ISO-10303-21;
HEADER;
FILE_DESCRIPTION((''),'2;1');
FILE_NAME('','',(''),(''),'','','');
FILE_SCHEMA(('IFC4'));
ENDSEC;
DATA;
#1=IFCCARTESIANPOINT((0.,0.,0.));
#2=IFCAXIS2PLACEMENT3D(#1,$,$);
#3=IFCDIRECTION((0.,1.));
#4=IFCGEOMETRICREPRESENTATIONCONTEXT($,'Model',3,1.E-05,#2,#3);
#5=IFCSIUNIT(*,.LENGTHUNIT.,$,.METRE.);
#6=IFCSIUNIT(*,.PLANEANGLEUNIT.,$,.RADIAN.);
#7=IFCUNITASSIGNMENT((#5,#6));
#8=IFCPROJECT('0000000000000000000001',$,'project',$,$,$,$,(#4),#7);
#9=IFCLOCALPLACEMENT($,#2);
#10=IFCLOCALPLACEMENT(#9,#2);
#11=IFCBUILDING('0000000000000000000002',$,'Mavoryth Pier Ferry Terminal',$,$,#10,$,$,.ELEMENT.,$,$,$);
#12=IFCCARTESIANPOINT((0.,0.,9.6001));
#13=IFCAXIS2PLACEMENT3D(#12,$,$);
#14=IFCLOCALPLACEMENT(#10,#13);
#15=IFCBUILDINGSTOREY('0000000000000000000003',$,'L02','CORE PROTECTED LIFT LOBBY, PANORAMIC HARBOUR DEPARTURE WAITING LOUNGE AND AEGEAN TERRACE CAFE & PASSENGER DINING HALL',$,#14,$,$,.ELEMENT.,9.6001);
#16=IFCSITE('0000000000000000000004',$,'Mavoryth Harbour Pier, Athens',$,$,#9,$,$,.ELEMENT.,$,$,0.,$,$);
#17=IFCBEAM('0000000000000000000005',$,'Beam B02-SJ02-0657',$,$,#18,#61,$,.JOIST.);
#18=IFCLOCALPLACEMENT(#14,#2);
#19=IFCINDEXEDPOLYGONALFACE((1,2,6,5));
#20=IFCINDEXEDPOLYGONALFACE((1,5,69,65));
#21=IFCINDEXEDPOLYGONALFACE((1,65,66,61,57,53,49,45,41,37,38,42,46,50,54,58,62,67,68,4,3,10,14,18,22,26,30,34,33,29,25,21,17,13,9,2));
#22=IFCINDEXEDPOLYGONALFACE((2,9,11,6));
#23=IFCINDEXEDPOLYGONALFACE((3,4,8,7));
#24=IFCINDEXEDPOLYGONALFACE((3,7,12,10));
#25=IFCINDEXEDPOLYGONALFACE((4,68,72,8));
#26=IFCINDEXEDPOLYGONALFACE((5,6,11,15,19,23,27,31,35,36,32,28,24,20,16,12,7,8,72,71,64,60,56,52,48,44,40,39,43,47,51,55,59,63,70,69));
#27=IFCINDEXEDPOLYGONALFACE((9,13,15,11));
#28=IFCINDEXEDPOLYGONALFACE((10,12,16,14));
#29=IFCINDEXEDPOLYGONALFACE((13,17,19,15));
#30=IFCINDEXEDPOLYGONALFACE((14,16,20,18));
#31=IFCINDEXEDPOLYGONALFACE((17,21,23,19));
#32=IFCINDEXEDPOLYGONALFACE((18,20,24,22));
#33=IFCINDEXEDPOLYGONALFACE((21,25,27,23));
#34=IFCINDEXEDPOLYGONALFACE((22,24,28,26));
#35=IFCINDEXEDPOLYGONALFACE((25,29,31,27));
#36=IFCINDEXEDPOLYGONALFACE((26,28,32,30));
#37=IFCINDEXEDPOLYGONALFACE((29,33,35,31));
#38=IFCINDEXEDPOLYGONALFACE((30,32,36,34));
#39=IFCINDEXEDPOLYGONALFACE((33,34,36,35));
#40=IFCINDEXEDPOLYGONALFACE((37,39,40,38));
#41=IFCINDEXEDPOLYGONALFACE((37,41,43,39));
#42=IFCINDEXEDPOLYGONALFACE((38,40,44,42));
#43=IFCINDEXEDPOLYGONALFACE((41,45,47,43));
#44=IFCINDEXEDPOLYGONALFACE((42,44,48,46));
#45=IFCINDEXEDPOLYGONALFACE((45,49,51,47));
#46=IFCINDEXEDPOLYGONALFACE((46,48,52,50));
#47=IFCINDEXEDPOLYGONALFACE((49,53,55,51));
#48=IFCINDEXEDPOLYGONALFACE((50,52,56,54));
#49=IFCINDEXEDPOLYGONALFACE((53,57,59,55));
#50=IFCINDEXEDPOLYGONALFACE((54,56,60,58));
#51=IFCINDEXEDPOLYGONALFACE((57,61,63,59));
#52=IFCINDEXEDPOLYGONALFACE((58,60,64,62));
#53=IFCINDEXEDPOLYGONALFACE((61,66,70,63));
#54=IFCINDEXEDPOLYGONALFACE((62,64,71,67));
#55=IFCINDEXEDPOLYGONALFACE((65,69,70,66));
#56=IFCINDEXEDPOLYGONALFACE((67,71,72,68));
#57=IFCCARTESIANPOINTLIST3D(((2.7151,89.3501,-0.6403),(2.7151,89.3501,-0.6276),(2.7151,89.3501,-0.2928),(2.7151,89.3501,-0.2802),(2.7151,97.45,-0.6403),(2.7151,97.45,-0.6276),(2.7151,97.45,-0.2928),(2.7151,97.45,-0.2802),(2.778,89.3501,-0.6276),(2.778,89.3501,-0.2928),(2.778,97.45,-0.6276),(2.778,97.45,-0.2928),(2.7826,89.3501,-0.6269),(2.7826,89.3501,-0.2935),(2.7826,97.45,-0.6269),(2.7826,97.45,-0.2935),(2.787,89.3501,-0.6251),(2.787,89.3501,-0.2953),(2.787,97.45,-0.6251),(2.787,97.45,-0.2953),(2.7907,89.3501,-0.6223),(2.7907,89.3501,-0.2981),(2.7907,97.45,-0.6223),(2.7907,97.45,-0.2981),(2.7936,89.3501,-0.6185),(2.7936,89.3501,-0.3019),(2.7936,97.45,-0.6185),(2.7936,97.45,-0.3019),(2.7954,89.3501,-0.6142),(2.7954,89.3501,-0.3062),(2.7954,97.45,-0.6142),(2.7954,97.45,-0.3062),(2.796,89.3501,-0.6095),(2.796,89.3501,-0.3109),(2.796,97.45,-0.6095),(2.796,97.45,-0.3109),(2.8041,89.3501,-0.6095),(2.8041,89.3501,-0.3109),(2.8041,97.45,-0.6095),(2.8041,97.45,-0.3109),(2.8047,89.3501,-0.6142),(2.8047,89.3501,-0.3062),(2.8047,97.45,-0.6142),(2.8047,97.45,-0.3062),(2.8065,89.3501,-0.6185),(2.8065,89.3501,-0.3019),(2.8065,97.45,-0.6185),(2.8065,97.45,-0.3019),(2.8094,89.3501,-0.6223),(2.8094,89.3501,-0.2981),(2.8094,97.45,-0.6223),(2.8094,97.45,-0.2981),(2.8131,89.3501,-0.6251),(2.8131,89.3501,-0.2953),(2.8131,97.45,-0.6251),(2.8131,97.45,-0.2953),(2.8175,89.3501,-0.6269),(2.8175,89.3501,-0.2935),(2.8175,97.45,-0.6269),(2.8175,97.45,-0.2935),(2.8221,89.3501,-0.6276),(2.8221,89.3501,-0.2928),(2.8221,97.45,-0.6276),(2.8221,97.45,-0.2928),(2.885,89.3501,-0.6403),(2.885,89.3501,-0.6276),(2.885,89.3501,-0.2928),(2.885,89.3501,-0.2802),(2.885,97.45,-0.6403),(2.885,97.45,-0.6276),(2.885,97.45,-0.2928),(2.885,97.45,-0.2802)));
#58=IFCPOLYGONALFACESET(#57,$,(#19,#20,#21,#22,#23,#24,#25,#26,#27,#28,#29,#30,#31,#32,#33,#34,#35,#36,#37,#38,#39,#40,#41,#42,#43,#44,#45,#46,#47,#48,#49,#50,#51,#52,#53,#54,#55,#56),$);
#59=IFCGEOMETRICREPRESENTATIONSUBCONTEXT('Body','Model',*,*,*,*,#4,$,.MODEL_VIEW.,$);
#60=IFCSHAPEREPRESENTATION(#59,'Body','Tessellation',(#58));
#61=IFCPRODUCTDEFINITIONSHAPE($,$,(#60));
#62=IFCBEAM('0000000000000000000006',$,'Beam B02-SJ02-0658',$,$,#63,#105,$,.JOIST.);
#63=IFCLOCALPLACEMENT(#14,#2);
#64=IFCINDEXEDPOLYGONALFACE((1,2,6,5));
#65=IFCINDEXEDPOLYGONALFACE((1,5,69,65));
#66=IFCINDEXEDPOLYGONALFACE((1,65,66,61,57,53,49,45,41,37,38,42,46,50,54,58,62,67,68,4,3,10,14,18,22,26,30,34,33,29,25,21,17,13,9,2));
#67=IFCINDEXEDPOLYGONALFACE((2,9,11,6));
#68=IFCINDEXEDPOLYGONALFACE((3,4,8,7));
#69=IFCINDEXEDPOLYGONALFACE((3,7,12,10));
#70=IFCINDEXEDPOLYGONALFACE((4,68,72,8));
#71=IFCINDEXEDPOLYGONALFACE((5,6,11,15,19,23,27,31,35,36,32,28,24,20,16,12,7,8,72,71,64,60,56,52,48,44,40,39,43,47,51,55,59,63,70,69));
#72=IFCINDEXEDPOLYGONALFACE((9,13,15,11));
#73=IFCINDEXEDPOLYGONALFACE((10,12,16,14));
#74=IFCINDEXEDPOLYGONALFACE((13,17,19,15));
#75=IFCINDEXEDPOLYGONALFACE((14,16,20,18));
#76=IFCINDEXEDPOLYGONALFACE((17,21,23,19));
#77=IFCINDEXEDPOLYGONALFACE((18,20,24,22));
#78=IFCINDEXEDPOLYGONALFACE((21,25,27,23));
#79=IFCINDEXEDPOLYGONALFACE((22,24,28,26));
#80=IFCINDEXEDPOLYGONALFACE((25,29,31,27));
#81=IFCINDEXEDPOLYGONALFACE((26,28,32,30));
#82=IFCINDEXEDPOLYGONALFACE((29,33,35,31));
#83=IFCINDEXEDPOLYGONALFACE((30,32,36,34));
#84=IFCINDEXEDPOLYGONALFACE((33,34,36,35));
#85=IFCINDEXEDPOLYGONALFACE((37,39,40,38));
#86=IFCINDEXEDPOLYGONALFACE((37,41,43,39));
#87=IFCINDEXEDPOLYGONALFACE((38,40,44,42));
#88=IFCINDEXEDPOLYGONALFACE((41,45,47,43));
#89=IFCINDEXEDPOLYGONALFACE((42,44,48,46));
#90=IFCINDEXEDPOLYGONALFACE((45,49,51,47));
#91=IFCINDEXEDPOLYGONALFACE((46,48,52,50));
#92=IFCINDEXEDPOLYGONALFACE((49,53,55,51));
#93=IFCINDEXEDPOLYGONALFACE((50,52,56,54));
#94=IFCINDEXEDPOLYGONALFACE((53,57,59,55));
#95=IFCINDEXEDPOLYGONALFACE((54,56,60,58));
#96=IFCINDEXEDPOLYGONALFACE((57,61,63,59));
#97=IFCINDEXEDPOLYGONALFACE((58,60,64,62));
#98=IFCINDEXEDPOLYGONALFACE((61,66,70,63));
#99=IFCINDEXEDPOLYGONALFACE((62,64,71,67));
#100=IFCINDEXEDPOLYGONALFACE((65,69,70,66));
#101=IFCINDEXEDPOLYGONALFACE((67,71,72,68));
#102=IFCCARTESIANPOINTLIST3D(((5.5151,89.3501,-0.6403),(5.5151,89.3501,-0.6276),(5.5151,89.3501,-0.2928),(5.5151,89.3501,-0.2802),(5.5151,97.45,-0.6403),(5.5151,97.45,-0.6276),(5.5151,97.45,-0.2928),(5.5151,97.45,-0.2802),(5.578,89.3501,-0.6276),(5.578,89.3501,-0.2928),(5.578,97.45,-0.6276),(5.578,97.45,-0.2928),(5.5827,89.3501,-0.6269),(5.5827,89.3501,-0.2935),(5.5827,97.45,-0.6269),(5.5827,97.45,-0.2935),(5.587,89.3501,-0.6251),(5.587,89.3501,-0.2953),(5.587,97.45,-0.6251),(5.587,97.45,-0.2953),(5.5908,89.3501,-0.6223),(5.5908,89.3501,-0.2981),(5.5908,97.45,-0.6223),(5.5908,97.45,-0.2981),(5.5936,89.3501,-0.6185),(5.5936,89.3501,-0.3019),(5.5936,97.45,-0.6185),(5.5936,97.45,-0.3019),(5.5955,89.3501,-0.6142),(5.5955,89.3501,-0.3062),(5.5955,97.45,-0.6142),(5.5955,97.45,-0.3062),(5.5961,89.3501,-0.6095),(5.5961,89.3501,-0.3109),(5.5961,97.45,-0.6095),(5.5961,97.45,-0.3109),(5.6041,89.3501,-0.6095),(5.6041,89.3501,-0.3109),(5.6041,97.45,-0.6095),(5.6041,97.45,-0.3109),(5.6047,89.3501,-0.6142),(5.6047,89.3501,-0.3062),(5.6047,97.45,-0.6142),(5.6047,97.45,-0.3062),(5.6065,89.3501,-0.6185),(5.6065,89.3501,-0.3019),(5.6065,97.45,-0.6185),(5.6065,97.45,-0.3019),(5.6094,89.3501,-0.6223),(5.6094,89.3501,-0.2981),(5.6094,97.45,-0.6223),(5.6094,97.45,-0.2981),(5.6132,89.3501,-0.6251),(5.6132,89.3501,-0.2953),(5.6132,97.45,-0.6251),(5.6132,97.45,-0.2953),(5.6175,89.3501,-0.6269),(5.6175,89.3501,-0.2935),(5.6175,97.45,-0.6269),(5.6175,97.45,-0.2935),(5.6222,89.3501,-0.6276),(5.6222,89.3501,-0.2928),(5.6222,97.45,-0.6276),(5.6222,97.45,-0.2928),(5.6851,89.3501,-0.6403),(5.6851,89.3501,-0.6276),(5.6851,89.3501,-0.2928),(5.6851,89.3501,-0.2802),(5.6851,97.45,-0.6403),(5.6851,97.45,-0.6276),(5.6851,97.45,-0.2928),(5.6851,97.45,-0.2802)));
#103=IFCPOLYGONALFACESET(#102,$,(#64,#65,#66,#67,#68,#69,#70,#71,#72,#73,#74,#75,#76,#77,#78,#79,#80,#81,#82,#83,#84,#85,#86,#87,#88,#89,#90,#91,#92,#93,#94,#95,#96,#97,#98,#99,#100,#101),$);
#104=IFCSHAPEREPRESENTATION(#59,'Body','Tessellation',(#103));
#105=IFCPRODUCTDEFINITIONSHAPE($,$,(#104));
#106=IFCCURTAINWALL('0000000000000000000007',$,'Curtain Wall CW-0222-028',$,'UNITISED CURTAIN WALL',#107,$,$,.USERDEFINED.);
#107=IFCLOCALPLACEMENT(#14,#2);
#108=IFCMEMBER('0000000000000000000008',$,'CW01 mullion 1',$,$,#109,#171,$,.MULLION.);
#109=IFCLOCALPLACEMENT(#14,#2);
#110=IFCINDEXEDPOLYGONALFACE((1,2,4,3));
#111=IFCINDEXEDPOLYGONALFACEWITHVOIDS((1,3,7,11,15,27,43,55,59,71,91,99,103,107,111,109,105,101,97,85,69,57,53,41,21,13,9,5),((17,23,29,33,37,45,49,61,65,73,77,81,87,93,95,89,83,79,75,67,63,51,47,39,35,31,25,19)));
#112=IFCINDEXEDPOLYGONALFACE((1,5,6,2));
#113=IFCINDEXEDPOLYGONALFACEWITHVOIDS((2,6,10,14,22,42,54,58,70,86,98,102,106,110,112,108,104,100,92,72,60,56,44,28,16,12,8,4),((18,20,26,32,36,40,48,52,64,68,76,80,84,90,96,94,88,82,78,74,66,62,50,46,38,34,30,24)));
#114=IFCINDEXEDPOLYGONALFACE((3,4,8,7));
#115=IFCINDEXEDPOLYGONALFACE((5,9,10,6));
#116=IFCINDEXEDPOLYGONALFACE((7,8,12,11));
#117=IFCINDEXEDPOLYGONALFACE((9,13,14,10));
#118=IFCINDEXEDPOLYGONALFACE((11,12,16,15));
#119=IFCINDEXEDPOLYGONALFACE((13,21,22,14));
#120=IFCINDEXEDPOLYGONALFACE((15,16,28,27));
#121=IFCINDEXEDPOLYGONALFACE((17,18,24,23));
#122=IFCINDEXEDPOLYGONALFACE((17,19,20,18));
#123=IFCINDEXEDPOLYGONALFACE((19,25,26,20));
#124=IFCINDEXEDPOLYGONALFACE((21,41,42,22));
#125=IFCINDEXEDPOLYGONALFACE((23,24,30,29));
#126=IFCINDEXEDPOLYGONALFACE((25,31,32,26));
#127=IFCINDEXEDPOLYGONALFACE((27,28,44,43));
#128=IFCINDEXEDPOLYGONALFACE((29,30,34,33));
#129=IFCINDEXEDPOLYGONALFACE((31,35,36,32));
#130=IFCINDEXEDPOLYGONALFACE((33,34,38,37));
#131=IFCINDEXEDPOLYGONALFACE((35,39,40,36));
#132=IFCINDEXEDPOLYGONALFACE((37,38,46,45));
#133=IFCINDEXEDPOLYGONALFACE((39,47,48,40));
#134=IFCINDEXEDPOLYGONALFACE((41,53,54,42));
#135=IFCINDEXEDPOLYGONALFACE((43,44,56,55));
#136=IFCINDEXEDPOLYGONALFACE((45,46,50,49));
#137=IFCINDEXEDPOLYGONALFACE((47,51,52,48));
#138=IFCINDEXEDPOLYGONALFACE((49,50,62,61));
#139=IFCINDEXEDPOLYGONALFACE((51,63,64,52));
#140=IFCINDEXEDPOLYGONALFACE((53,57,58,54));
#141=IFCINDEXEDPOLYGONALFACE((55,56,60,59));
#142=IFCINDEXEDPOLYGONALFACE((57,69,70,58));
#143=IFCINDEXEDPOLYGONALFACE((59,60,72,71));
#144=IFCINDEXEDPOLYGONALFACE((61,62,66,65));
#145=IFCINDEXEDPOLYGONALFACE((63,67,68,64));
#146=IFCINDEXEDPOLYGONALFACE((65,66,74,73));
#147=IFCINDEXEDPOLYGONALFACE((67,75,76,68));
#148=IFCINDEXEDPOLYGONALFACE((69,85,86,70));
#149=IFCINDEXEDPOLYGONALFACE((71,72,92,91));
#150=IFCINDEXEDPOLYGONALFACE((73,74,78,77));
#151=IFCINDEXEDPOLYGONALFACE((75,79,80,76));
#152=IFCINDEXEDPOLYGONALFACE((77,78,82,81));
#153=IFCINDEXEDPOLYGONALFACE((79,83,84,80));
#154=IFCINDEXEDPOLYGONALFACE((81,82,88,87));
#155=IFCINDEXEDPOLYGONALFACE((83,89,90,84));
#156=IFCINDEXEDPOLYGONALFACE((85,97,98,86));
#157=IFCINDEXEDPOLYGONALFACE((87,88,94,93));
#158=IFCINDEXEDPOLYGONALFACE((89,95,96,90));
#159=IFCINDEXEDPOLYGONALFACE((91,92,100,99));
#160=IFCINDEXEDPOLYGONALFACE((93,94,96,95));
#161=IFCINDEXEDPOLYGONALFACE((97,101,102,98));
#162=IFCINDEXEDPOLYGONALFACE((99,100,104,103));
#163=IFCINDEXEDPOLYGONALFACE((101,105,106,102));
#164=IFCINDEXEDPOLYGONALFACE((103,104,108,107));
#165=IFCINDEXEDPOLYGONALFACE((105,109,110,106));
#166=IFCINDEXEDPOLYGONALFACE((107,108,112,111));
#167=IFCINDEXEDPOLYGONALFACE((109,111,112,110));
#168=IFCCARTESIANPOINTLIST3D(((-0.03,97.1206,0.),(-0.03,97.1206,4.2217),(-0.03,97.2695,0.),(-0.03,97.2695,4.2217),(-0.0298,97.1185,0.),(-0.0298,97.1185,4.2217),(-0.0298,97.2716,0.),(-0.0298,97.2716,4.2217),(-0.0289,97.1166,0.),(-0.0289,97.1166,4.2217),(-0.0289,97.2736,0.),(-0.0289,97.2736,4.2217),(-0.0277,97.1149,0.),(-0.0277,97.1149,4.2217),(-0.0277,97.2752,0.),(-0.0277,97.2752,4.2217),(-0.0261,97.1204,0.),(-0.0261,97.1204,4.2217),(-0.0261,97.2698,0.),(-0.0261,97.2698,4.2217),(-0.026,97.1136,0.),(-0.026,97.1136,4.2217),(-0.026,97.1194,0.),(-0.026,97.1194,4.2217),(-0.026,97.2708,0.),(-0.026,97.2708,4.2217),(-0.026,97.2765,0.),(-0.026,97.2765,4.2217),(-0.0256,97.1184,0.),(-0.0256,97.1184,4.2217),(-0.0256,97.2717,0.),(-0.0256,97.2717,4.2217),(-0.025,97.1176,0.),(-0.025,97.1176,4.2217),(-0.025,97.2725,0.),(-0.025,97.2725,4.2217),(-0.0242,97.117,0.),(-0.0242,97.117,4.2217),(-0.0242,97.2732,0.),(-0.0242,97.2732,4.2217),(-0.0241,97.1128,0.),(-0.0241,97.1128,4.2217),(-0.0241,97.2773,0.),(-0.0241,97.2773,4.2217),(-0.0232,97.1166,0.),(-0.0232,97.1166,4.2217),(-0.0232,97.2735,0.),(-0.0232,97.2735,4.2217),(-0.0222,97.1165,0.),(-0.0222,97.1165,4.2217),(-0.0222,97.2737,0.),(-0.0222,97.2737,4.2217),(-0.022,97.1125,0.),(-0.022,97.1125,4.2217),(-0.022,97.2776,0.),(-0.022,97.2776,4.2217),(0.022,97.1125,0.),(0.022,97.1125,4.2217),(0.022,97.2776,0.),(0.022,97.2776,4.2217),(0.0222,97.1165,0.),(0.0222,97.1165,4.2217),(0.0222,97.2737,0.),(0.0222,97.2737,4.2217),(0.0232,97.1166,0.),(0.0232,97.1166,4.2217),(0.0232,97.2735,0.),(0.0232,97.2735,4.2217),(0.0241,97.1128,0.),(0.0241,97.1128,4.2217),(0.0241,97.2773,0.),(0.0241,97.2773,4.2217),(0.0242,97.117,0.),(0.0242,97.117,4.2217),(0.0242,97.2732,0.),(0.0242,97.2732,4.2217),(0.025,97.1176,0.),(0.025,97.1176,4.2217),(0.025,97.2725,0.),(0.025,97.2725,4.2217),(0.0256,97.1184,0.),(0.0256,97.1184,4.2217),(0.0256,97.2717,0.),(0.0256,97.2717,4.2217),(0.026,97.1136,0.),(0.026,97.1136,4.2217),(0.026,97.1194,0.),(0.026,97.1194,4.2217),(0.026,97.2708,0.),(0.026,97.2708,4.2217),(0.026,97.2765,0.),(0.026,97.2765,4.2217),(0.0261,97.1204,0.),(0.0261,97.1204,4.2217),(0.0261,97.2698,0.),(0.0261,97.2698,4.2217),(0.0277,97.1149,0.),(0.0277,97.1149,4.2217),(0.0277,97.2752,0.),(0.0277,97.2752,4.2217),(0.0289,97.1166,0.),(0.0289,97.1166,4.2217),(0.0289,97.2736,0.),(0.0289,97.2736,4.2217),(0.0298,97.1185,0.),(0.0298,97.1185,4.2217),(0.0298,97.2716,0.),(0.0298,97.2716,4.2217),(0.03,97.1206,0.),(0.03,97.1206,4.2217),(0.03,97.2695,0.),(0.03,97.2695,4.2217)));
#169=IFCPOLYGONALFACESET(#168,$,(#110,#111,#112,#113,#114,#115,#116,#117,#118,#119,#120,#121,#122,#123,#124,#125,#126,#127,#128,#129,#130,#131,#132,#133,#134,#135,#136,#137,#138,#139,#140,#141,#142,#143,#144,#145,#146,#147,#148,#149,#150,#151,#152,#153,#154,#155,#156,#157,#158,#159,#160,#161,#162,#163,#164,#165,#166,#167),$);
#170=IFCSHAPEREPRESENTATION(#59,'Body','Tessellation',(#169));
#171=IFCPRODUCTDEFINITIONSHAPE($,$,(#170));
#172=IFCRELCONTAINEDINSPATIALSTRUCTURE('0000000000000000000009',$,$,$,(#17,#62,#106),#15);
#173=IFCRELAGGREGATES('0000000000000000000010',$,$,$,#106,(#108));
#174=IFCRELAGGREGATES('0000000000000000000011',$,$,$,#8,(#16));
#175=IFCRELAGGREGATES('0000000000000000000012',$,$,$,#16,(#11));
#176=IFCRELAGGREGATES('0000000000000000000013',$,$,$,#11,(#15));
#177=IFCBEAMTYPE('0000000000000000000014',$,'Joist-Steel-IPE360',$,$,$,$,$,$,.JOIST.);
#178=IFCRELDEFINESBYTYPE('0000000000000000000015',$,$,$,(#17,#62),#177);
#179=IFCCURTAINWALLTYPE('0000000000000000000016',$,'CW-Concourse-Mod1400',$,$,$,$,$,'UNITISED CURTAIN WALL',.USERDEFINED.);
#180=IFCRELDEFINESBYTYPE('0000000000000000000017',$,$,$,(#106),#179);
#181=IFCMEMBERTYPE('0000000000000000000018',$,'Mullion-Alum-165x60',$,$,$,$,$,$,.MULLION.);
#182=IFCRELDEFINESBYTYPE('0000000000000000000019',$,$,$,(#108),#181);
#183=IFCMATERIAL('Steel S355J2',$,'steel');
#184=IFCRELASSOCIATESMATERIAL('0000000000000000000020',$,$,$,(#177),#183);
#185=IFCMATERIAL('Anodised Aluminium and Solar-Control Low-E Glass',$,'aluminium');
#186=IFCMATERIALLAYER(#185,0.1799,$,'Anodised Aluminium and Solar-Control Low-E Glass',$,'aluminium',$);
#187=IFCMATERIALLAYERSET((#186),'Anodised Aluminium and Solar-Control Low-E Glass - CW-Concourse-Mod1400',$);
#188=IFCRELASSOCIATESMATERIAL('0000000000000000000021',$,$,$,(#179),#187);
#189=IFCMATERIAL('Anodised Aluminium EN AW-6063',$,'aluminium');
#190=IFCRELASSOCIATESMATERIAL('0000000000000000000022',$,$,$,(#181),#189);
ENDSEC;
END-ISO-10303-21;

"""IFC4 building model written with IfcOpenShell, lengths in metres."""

from ifc_helpers import new_model, si_unit, direction, frame, origin, origin_2d, place, context, subcontext, project, spatial, hollow_rectangle, i_section, extrude, material, layer, layer_set, material_profile, profile_set, type_object, element, aggregate, save


model = new_model("IFC4")

# Units and contexts
model_context = context("Model", 3, precision=1e-05, world=origin(), true_north=direction((0.0, 1.0)))
body_context = subcontext(model_context, "Body", "Model", "MODEL_VIEW")
ifc_project = project(units=[si_unit("LENGTHUNIT", "METRE"), si_unit("PLANEANGLEUNIT", "RADIAN")], contexts=[model_context])

# Site, building, storey
site_placement = place(None, origin())
site = spatial("IfcSite", under=ifc_project, at=site_placement, Name="Mavoryth Harbour Pier, Athens", CompositionType="ELEMENT", RefElevation=0.0)
building_placement = place(site_placement, origin())
building = spatial("IfcBuilding", under=site, at=building_placement, Name="Mavoryth Pier Ferry Terminal", CompositionType="ELEMENT")
storey_placement = place(building_placement, frame((0.0, 0.0, 9.6001)))
storey = spatial("IfcBuildingStorey", under=building, at=storey_placement, Name="L02", Description="CORE PROTECTED LIFT LOBBY, PANORAMIC HARBOUR DEPARTURE WAITING LOUNGE AND AEGEAN TERRACE CAFE & PASSENGER DINING HALL", CompositionType="ELEMENT", Elevation=9.6001)

# Shared definitions
ifc_material_1 = material(Name="Steel S355J2", Category="steel")

# Beams
ifc_material_profile_1 = material_profile(ifc_material_1, i_section(OverallWidth=0.1699, OverallDepth=0.3601, WebThickness=0.0081, FlangeThickness=0.0127, FilletRadius=0.0181, at=origin_2d()), Name="IPE 360", Category="steel")
ifc_profile_set_1 = profile_set([ifc_material_profile_1], Name="Steel S355J2 - IPE 360")
beam_type_1 = type_object("IfcBeamType", Name="Joist-Steel-IPE360", PredefinedType="JOIST", material=ifc_profile_set_1)
for number, where, z_axis, x_axis, name in (
    (1, (2.8, 89.3501, -0.4602), (0.0, 1.0, 0.0), (-1.0, 0.0, 0.0), "Beam B02-SJ02-0657"),
    (2, (5.6001, 89.3501, -0.4602), (0.0, 1.0, 0.0), (-1.0, 0.0, 0.0), "Beam B02-SJ02-0658"),
):
    element("IfcBeam", number, at=place(storey_placement, frame(where, z_axis=z_axis, x_axis=x_axis)), inside=storey, type_object=beam_type_1, Name=name, PredefinedType="JOIST", context=body_context, shape_type="SweptSolid", body=[
        extrude(i_section(OverallWidth=0.1699, OverallDepth=0.3601, WebThickness=0.0081, FlangeThickness=0.0127, FilletRadius=0.0181, at=origin_2d()), origin(), (0.0, 0.0, 1.0), 8.0999),
    ])

# Curtain wall, member
ifc_material_2 = material(Name="Anodised Aluminium and Solar-Control Low-E Glass", Category="aluminium")
ifc_layer_1 = layer(ifc_material_2, 0.1799, Name="Anodised Aluminium and Solar-Control Low-E Glass", Category="aluminium")
ifc_layer_set_1 = layer_set([ifc_layer_1], Name="Anodised Aluminium and Solar-Control Low-E Glass - CW-Concourse-Mod1400")
curtain_wall_type = type_object("IfcCurtainWallType", Name="CW-Concourse-Mod1400", ElementType="UNITISED CURTAIN WALL", PredefinedType="USERDEFINED", material=ifc_layer_set_1)
curtain_wall_placement = place(storey_placement, origin())
curtain_wall = element("IfcCurtainWall", 3, at=curtain_wall_placement, inside=storey, type_object=curtain_wall_type, Name="Curtain Wall CW-0222-028", ObjectType="UNITISED CURTAIN WALL", PredefinedType="USERDEFINED")
ifc_material_3 = material(Name="Anodised Aluminium EN AW-6063", Category="aluminium")
ifc_material_profile_2 = material_profile(ifc_material_3, hollow_rectangle(XDim=0.0601, YDim=0.165, WallThickness=0.0039, InnerFilletRadius=0.0039, OuterFilletRadius=0.0081, at=origin_2d()), Name="AL-MULL 165x60x4", Category="aluminium")
ifc_profile_set_2 = profile_set([ifc_material_profile_2], Name="Anodised Aluminium EN AW-6063 - AL-MULL 165x60x4")
member_type_1 = type_object("IfcMemberType", Name="Mullion-Alum-165x60", PredefinedType="MULLION", material=ifc_profile_set_2)
member_1_placement = place(storey_placement, frame((0.0, 97.1951, 0.0), z_axis=(0.0, 0.0, 1.0), x_axis=(1.0, 0.0, 0.0)))
member_1 = element("IfcMember", 4, at=member_1_placement, type_object=member_type_1, Name="CW01 mullion 1", PredefinedType="MULLION", context=body_context, shape_type="SweptSolid", body=[
    extrude(hollow_rectangle(XDim=0.0601, YDim=0.165, WallThickness=0.0039, InnerFilletRadius=0.0039, OuterFilletRadius=0.0081, at=origin_2d()), origin(), (0.0, 0.0, 1.0), 4.2217),
])

aggregate(curtain_wall, [member_1])

save(model, "model.ifc")
